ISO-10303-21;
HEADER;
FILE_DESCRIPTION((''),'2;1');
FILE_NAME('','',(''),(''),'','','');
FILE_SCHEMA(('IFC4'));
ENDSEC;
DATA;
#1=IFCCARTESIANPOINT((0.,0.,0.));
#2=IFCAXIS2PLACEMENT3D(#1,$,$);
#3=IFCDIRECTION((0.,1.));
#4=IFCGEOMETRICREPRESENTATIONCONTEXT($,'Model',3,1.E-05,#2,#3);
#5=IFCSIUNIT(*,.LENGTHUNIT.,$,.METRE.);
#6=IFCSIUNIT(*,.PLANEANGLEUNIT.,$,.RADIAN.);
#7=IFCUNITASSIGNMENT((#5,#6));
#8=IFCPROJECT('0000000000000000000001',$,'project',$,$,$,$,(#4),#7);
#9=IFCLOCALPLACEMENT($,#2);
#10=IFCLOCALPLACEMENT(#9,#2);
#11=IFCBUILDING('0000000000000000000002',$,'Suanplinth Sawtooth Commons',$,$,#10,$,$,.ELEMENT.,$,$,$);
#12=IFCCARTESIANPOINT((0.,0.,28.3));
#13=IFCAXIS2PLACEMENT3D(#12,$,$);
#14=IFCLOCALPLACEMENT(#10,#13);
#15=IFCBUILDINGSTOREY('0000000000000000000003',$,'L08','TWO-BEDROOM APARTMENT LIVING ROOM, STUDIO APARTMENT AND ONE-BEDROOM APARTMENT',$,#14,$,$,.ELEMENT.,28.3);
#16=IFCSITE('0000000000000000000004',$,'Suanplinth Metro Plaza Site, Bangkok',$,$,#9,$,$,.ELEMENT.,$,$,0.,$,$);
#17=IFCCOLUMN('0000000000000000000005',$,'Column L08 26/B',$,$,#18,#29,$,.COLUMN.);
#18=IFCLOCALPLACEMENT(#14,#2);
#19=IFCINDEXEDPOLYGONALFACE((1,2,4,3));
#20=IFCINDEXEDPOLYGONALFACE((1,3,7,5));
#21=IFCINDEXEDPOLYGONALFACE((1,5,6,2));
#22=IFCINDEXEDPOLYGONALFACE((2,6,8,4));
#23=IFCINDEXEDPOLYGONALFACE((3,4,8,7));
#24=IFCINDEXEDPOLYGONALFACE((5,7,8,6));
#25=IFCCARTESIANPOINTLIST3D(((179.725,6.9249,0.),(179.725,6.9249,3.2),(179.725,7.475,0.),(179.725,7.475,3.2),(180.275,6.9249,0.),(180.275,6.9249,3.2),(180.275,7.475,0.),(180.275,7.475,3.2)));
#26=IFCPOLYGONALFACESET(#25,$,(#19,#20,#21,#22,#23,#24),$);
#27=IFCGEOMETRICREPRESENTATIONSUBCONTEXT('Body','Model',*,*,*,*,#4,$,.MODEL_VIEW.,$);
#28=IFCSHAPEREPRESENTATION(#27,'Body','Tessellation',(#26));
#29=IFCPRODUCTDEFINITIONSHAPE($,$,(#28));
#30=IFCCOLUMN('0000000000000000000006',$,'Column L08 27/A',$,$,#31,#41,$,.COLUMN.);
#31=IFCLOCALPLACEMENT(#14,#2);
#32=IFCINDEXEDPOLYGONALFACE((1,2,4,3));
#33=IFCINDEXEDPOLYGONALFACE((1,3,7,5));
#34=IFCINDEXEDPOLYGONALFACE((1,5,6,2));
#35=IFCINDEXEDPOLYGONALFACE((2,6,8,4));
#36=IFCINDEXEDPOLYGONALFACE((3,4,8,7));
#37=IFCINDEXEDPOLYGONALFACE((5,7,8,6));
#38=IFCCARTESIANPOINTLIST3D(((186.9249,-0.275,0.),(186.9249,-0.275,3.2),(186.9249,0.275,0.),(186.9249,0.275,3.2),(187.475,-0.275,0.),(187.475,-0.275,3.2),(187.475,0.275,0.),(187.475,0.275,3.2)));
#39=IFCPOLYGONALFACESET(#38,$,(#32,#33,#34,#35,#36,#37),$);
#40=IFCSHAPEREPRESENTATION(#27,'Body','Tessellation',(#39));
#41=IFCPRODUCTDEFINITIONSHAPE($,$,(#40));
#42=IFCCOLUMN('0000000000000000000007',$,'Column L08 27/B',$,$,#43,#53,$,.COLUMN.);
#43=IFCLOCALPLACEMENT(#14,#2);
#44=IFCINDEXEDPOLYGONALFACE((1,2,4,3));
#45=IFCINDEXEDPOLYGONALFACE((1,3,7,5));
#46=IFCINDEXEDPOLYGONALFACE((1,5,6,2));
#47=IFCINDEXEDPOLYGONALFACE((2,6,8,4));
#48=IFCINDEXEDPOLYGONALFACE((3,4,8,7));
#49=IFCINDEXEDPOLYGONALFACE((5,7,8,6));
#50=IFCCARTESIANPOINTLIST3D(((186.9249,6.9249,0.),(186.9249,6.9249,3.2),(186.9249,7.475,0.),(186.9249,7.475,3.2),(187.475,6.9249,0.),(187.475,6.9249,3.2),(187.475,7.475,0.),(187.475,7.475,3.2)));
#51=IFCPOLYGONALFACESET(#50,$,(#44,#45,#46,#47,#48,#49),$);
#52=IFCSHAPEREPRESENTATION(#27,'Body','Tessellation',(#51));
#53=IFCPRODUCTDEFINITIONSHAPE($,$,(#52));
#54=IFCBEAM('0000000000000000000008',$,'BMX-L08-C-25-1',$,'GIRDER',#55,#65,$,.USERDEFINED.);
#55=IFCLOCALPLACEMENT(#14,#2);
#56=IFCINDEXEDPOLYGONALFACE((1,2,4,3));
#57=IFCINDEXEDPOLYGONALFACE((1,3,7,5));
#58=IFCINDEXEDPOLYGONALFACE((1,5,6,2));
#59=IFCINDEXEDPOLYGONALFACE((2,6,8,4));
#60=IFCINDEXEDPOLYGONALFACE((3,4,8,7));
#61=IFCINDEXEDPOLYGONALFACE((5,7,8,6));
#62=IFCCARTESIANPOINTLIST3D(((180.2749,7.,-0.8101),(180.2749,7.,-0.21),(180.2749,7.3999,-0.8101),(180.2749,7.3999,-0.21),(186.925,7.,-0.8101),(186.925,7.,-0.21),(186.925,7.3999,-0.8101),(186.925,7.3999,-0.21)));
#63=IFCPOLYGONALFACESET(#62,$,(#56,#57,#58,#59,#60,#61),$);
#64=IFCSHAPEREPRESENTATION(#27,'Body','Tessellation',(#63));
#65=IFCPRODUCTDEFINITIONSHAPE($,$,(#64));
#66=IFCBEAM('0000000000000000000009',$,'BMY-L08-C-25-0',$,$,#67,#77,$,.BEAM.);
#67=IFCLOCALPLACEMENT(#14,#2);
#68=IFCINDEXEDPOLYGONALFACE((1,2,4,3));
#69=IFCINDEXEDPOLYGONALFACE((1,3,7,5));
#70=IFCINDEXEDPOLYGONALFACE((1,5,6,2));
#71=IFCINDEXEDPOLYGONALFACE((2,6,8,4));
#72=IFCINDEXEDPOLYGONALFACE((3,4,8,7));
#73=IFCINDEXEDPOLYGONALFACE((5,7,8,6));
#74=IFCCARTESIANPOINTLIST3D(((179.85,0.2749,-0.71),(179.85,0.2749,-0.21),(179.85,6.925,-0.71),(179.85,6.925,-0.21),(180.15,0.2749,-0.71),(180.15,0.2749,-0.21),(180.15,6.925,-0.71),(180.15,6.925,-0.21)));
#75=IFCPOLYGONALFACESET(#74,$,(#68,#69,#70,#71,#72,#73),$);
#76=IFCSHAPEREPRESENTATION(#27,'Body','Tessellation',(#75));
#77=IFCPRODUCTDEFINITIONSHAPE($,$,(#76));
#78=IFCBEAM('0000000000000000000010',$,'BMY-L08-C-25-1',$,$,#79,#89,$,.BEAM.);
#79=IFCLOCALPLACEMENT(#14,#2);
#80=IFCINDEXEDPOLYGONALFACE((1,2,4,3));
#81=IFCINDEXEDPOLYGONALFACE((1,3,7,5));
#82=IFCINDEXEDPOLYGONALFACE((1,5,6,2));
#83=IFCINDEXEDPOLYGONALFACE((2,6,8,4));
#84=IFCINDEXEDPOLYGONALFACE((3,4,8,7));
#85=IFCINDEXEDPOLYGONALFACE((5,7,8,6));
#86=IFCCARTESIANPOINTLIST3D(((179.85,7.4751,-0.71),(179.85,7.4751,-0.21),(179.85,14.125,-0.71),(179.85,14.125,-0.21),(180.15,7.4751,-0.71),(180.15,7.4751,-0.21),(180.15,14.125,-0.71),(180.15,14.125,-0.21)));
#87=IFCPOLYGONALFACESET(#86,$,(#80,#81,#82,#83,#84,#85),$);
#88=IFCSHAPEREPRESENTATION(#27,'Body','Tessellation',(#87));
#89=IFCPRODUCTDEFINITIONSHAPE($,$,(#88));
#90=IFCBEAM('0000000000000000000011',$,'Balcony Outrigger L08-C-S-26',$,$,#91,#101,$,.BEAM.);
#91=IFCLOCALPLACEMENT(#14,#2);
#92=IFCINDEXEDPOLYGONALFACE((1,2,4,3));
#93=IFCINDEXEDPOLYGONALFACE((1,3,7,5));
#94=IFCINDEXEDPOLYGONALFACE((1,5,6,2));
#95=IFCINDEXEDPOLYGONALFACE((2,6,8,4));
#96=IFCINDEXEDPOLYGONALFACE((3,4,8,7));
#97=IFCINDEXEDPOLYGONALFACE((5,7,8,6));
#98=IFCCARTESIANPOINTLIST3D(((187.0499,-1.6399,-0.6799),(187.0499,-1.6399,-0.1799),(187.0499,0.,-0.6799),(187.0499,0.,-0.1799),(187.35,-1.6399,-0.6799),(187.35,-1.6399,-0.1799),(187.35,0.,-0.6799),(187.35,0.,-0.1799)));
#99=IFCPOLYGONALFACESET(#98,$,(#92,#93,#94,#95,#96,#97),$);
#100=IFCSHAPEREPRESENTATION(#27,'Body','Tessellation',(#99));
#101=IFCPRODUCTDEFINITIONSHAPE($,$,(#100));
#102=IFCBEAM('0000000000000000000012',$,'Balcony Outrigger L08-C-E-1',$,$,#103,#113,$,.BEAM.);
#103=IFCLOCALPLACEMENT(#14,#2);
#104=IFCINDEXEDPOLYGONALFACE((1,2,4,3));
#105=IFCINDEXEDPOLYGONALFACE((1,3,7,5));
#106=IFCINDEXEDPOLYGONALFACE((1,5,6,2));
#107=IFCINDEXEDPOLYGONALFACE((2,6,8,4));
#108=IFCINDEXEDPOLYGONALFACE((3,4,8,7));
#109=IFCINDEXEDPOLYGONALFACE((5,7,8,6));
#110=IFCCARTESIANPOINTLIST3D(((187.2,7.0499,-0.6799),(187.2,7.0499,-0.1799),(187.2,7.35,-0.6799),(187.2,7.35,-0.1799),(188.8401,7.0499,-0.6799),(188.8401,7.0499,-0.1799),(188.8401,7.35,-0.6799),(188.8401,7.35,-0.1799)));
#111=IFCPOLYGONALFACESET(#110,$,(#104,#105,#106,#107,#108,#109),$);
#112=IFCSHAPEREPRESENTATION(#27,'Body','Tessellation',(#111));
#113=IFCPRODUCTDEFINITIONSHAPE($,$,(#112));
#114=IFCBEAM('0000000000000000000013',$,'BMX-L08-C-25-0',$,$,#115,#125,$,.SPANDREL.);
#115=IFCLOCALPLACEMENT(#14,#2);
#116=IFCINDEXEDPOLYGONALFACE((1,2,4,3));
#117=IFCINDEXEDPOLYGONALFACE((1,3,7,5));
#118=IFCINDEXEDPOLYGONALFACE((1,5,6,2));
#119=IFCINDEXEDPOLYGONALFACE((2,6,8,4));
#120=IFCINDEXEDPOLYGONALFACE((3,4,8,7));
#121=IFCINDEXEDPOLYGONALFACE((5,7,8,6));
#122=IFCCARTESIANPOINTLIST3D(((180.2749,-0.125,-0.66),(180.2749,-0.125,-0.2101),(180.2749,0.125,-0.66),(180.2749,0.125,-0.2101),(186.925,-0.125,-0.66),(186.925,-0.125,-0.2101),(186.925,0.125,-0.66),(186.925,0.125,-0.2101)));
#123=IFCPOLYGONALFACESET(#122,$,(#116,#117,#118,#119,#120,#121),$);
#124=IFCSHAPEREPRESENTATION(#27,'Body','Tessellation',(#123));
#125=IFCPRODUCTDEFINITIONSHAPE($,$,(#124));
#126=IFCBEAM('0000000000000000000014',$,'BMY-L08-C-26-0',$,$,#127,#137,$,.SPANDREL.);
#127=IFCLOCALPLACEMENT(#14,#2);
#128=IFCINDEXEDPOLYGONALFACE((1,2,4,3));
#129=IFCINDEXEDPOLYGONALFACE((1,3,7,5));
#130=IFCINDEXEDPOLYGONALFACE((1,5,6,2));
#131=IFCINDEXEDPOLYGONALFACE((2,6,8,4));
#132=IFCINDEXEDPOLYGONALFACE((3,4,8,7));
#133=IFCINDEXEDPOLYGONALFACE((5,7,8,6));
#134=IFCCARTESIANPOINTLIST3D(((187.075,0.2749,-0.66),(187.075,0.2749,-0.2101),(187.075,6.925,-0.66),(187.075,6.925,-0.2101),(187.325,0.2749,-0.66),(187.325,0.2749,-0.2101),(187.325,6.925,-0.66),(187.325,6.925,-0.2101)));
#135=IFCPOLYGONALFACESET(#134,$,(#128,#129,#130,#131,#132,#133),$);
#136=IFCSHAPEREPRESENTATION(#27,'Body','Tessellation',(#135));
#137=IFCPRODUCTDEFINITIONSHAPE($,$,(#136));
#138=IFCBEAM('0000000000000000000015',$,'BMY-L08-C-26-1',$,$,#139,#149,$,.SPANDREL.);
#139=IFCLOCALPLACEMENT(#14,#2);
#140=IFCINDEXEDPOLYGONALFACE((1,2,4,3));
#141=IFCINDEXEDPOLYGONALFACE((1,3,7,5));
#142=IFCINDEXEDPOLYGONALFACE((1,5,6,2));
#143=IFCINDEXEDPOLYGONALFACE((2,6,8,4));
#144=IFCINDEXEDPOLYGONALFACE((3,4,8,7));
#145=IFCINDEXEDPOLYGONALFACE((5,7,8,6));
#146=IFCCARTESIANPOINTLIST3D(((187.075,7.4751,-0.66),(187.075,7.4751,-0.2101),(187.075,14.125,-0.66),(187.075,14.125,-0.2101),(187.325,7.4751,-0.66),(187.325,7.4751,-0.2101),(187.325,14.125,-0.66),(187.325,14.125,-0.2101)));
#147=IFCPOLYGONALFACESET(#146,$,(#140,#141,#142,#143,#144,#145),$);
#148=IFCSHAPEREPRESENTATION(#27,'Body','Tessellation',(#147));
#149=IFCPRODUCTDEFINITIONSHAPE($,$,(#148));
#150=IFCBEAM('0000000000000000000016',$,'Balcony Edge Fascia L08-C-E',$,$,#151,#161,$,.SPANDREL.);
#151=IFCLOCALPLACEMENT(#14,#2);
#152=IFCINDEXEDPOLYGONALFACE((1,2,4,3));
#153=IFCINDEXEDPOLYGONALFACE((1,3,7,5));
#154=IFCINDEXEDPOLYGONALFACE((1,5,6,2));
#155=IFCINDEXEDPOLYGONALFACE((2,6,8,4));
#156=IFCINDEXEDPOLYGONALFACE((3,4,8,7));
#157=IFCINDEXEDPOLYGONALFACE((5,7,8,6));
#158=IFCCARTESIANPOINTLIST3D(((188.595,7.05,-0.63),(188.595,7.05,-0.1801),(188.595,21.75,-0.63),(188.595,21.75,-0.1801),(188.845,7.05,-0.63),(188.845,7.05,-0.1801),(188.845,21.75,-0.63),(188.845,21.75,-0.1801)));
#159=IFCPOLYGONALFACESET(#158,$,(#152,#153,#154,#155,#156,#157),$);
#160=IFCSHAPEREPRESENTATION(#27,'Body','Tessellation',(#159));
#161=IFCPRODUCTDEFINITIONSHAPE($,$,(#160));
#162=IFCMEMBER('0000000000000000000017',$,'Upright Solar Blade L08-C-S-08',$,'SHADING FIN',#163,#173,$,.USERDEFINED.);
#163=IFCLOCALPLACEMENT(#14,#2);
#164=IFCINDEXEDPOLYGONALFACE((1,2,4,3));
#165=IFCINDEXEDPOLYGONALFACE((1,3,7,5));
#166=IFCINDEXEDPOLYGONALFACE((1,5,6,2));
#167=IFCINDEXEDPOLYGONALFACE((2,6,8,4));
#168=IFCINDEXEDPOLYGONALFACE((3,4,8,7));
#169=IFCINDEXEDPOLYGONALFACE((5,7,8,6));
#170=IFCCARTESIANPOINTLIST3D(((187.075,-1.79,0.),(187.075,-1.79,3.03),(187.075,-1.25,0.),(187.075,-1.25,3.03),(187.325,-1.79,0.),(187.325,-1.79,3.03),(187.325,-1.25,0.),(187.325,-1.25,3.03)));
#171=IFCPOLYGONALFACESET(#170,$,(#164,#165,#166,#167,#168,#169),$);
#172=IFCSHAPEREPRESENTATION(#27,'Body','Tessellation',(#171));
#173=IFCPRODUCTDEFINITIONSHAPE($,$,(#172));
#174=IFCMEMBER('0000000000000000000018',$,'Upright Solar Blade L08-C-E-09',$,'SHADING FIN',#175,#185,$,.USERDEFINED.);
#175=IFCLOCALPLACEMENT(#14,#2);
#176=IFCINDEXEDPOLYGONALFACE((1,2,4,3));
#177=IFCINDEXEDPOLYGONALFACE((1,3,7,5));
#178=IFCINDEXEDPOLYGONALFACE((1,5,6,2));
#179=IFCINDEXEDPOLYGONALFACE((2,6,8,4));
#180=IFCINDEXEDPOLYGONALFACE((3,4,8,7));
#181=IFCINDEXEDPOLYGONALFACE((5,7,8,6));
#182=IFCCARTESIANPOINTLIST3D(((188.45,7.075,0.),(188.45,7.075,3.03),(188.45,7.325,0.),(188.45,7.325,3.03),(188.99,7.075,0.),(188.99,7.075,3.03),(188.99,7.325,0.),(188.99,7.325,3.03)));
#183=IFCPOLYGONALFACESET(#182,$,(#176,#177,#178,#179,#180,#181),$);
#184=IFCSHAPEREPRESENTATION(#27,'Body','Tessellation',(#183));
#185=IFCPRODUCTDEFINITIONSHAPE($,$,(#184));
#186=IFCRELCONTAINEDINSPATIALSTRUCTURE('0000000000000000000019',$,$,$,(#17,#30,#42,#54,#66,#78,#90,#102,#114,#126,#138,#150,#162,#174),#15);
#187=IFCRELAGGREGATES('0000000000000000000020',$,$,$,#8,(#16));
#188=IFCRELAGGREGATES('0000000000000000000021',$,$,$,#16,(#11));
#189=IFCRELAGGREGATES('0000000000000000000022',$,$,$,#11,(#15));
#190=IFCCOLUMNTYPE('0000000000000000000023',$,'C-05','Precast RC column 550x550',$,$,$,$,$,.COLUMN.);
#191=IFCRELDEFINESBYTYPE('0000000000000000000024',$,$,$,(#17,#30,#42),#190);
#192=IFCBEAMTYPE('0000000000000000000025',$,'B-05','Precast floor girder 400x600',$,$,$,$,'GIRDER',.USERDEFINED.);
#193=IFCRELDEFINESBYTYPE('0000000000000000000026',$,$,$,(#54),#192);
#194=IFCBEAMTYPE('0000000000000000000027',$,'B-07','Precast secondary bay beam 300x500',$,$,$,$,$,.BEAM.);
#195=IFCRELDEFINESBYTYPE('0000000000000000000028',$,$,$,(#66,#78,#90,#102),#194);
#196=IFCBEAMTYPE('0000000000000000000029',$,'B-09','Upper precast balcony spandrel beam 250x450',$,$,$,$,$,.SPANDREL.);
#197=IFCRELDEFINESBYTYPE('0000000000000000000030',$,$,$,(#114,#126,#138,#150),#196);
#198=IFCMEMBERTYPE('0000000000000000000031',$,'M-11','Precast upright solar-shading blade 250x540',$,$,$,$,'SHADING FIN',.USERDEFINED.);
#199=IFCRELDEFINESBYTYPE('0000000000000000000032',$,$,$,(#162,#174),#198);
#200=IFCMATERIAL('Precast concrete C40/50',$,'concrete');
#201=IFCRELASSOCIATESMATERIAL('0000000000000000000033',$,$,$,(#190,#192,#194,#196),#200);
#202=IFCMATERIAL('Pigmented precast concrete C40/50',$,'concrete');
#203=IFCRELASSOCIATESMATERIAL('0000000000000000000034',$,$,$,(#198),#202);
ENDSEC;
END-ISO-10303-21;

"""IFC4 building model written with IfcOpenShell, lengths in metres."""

from ifc_helpers import new_model, si_unit, direction, frame, origin, origin_2d, place, context, subcontext, project, spatial, rectangle, extrude, material, material_profile, profile_set, type_object, element, save


model = new_model("IFC4")

# Units and contexts
model_context = context("Model", 3, precision=1e-05, world=origin(), true_north=direction((0.0, 1.0)))
body_context = subcontext(model_context, "Body", "Model", "MODEL_VIEW")
ifc_project = project(units=[si_unit("LENGTHUNIT", "METRE"), si_unit("PLANEANGLEUNIT", "RADIAN")], contexts=[model_context])

# Site, building, storey
site_placement = place(None, origin())
site = spatial("IfcSite", under=ifc_project, at=site_placement, Name="Suanplinth Metro Plaza Site, Bangkok", CompositionType="ELEMENT", RefElevation=0.0)
building_placement = place(site_placement, origin())
building = spatial("IfcBuilding", under=site, at=building_placement, Name="Suanplinth Sawtooth Commons", CompositionType="ELEMENT")
storey_placement = place(building_placement, frame((0.0, 0.0, 28.3)))
storey = spatial("IfcBuildingStorey", under=building, at=storey_placement, Name="L08", Description="TWO-BEDROOM APARTMENT LIVING ROOM, STUDIO APARTMENT AND ONE-BEDROOM APARTMENT", CompositionType="ELEMENT", Elevation=28.3)

# Columns
ifc_material_1 = material(Name="Precast concrete C40/50", Category="concrete")
ifc_material_profile_1 = material_profile(ifc_material_1, rectangle(XDim=0.55, YDim=0.55, at=origin_2d()), Name="PC-COL 550x550")
ifc_profile_set_1 = profile_set([ifc_material_profile_1], Name="Precast concrete C40/50")
column_type = type_object("IfcColumnType", Name="C-05", Description="Precast RC column 550x550", PredefinedType="COLUMN", material=ifc_profile_set_1)
for number, where, z_axis, x_axis, name in (
    (1, (180.0, 7.2, 0.0), (0.0, 0.0, 1.0), (1.0, 0.0, 0.0), "Column L08 26/B"),
    (2, (187.2, 0.0, 0.0), (0.0, 0.0, 1.0), (1.0, 0.0, 0.0), "Column L08 27/A"),
    (3, (187.2, 7.2, 0.0), (0.0, 0.0, 1.0), (1.0, 0.0, 0.0), "Column L08 27/B"),
):
    element("IfcColumn", number, at=place(storey_placement, frame(where, z_axis=z_axis, x_axis=x_axis)), inside=storey, type_object=column_type, Name=name, PredefinedType="COLUMN", context=body_context, shape_type="SweptSolid", body=[
        extrude(rectangle(XDim=0.55, YDim=0.55, at=origin_2d()), origin(), (0.0, 0.0, 1.0), 3.2),
    ])

# Beams
ifc_material_profile_2 = material_profile(ifc_material_1, rectangle(XDim=0.3999, YDim=0.6001, at=origin_2d()), Name="PC-GDR 400x600")
ifc_profile_set_2 = profile_set([ifc_material_profile_2], Name="Precast concrete C40/50")
beam_type_1 = type_object("IfcBeamType", Name="B-05", Description="Precast floor girder 400x600", ElementType="GIRDER", PredefinedType="USERDEFINED", material=ifc_profile_set_2)
beam_1_placement = place(storey_placement, frame((180.2749, 7.2, -0.51), z_axis=(1.0, 0.0, 0.0), x_axis=(0.0, 1.0, 0.0)))
element("IfcBeam", 4, at=beam_1_placement, inside=storey, type_object=beam_type_1, Name="BMX-L08-C-25-1", ObjectType="GIRDER", PredefinedType="USERDEFINED", context=body_context, shape_type="SweptSolid", body=[
    extrude(rectangle(XDim=0.3999, YDim=0.6001, at=origin_2d()), origin(), (0.0, 0.0, 1.0), 6.6501),
])
ifc_material_profile_3 = material_profile(ifc_material_1, rectangle(XDim=0.3, YDim=0.5, at=origin_2d()), Name="PC-BM 300x500")
ifc_profile_set_3 = profile_set([ifc_material_profile_3], Name="Precast concrete C40/50")
beam_type_2 = type_object("IfcBeamType", Name="B-07", Description="Precast secondary bay beam 300x500", PredefinedType="BEAM", material=ifc_profile_set_3)
beam_2_placement = place(storey_placement, frame((180.0, 0.2749, -0.46), z_axis=(0.0, 1.0, 0.0), x_axis=(-1.0, 0.0, 0.0)))
element("IfcBeam", 5, at=beam_2_placement, inside=storey, type_object=beam_type_2, Name="BMY-L08-C-25-0", PredefinedType="BEAM", context=body_context, shape_type="SweptSolid", body=[
    extrude(rectangle(XDim=0.3, YDim=0.5, at=origin_2d()), origin(), (0.0, 0.0, 1.0), 6.6501),
])
beam_3_placement = place(storey_placement, frame((180.0, 7.4751, -0.46), z_axis=(0.0, 1.0, 0.0), x_axis=(-1.0, 0.0, 0.0)))
element("IfcBeam", 6, at=beam_3_placement, inside=storey, type_object=beam_type_2, Name="BMY-L08-C-25-1", PredefinedType="BEAM", context=body_context, shape_type="SweptSolid", body=[
    extrude(rectangle(XDim=0.3, YDim=0.5, at=origin_2d()), origin(), (0.0, 0.0, 1.0), 6.6499),
])
beam_4_placement = place(storey_placement, frame((187.2, 0.0, -0.4299), z_axis=(0.0, -1.0, 0.0), x_axis=(1.0, 0.0, 0.0)))
element("IfcBeam", 7, at=beam_4_placement, inside=storey, type_object=beam_type_2, Name="Balcony Outrigger L08-C-S-26", PredefinedType="BEAM", context=body_context, shape_type="SweptSolid", body=[
    extrude(rectangle(XDim=0.3, YDim=0.5, at=origin_2d()), origin(), (0.0, 0.0, 1.0), 1.6399),
])
beam_5_placement = place(storey_placement, frame((187.2, 7.2, -0.4299), z_axis=(1.0, 0.0, 0.0), x_axis=(0.0, 1.0, 0.0)))
element("IfcBeam", 8, at=beam_5_placement, inside=storey, type_object=beam_type_2, Name="Balcony Outrigger L08-C-E-1", PredefinedType="BEAM", context=body_context, shape_type="SweptSolid", body=[
    extrude(rectangle(XDim=0.3, YDim=0.5, at=origin_2d()), origin(), (0.0, 0.0, 1.0), 1.6401),
])
ifc_material_profile_4 = material_profile(ifc_material_1, rectangle(XDim=0.25, YDim=0.45, at=origin_2d()), Name="PC-SP 250x450")
ifc_profile_set_4 = profile_set([ifc_material_profile_4], Name="Precast concrete C40/50")
beam_type_3 = type_object("IfcBeamType", Name="B-09", Description="Upper precast balcony spandrel beam 250x450", PredefinedType="SPANDREL", material=ifc_profile_set_4)
for number, where, z_axis, x_axis, name in (
    (9, (180.2749, 0.0, -0.4351), (1.0, 0.0, 0.0), (0.0, 1.0, 0.0), "BMX-L08-C-25-0"),
    (10, (187.2, 0.2749, -0.4351), (0.0, 1.0, 0.0), (-1.0, 0.0, 0.0), "BMY-L08-C-26-0"),
):
    element("IfcBeam", number, at=place(storey_placement, frame(where, z_axis=z_axis, x_axis=x_axis)), inside=storey, type_object=beam_type_3, Name=name, PredefinedType="SPANDREL", context=body_context, shape_type="SweptSolid", body=[
        extrude(rectangle(XDim=0.25, YDim=0.45, at=origin_2d()), origin(), (0.0, 0.0, 1.0), 6.6501),
    ])
beam_6_placement = place(storey_placement, frame((187.2, 7.4751, -0.4351), z_axis=(0.0, 1.0, 0.0), x_axis=(-1.0, 0.0, 0.0)))
element("IfcBeam", 11, at=beam_6_placement, inside=storey, type_object=beam_type_3, Name="BMY-L08-C-26-1", PredefinedType="SPANDREL", context=body_context, shape_type="SweptSolid", body=[
    extrude(rectangle(XDim=0.25, YDim=0.45, at=origin_2d()), origin(), (0.0, 0.0, 1.0), 6.6499),
])
beam_7_placement = place(storey_placement, frame((188.72, 7.05, -0.405), z_axis=(0.0, 1.0, 0.0), x_axis=(-1.0, 0.0, 0.0)))
element("IfcBeam", 12, at=beam_7_placement, inside=storey, type_object=beam_type_3, Name="Balcony Edge Fascia L08-C-E", PredefinedType="SPANDREL", context=body_context, shape_type="SweptSolid", body=[
    extrude(rectangle(XDim=0.25, YDim=0.45, at=origin_2d()), origin(), (0.0, 0.0, 1.0), 14.7),
])

# Members
ifc_material_2 = material(Name="Pigmented precast concrete C40/50", Category="concrete")
ifc_material_profile_5 = material_profile(ifc_material_2, rectangle(XDim=0.25, YDim=0.54, at=origin_2d()), Name="PC-FIN 250x540")
ifc_profile_set_5 = profile_set([ifc_material_profile_5], Name="Pigmented precast concrete C40/50")
member_type = type_object("IfcMemberType", Name="M-11", Description="Precast upright solar-shading blade 250x540", ElementType="SHADING FIN", PredefinedType="USERDEFINED", material=ifc_profile_set_5)
for number, where, z_axis, x_axis, name in (
    (13, (187.2, -1.52, 0.0), (0.0, 0.0, 1.0), (1.0, 0.0, 0.0), "Upright Solar Blade L08-C-S-08"),
    (14, (188.72, 7.2, 0.0), (0.0, 0.0, 1.0), (0.0, 1.0, 0.0), "Upright Solar Blade L08-C-E-09"),
):
    element("IfcMember", number, at=place(storey_placement, frame(where, z_axis=z_axis, x_axis=x_axis)), inside=storey, type_object=member_type, Name=name, ObjectType="SHADING FIN", PredefinedType="USERDEFINED", context=body_context, shape_type="SweptSolid", body=[
        extrude(rectangle(XDim=0.25, YDim=0.54, at=origin_2d()), origin(), (0.0, 0.0, 1.0), 3.03),
    ])

save(model, "model.ifc")
